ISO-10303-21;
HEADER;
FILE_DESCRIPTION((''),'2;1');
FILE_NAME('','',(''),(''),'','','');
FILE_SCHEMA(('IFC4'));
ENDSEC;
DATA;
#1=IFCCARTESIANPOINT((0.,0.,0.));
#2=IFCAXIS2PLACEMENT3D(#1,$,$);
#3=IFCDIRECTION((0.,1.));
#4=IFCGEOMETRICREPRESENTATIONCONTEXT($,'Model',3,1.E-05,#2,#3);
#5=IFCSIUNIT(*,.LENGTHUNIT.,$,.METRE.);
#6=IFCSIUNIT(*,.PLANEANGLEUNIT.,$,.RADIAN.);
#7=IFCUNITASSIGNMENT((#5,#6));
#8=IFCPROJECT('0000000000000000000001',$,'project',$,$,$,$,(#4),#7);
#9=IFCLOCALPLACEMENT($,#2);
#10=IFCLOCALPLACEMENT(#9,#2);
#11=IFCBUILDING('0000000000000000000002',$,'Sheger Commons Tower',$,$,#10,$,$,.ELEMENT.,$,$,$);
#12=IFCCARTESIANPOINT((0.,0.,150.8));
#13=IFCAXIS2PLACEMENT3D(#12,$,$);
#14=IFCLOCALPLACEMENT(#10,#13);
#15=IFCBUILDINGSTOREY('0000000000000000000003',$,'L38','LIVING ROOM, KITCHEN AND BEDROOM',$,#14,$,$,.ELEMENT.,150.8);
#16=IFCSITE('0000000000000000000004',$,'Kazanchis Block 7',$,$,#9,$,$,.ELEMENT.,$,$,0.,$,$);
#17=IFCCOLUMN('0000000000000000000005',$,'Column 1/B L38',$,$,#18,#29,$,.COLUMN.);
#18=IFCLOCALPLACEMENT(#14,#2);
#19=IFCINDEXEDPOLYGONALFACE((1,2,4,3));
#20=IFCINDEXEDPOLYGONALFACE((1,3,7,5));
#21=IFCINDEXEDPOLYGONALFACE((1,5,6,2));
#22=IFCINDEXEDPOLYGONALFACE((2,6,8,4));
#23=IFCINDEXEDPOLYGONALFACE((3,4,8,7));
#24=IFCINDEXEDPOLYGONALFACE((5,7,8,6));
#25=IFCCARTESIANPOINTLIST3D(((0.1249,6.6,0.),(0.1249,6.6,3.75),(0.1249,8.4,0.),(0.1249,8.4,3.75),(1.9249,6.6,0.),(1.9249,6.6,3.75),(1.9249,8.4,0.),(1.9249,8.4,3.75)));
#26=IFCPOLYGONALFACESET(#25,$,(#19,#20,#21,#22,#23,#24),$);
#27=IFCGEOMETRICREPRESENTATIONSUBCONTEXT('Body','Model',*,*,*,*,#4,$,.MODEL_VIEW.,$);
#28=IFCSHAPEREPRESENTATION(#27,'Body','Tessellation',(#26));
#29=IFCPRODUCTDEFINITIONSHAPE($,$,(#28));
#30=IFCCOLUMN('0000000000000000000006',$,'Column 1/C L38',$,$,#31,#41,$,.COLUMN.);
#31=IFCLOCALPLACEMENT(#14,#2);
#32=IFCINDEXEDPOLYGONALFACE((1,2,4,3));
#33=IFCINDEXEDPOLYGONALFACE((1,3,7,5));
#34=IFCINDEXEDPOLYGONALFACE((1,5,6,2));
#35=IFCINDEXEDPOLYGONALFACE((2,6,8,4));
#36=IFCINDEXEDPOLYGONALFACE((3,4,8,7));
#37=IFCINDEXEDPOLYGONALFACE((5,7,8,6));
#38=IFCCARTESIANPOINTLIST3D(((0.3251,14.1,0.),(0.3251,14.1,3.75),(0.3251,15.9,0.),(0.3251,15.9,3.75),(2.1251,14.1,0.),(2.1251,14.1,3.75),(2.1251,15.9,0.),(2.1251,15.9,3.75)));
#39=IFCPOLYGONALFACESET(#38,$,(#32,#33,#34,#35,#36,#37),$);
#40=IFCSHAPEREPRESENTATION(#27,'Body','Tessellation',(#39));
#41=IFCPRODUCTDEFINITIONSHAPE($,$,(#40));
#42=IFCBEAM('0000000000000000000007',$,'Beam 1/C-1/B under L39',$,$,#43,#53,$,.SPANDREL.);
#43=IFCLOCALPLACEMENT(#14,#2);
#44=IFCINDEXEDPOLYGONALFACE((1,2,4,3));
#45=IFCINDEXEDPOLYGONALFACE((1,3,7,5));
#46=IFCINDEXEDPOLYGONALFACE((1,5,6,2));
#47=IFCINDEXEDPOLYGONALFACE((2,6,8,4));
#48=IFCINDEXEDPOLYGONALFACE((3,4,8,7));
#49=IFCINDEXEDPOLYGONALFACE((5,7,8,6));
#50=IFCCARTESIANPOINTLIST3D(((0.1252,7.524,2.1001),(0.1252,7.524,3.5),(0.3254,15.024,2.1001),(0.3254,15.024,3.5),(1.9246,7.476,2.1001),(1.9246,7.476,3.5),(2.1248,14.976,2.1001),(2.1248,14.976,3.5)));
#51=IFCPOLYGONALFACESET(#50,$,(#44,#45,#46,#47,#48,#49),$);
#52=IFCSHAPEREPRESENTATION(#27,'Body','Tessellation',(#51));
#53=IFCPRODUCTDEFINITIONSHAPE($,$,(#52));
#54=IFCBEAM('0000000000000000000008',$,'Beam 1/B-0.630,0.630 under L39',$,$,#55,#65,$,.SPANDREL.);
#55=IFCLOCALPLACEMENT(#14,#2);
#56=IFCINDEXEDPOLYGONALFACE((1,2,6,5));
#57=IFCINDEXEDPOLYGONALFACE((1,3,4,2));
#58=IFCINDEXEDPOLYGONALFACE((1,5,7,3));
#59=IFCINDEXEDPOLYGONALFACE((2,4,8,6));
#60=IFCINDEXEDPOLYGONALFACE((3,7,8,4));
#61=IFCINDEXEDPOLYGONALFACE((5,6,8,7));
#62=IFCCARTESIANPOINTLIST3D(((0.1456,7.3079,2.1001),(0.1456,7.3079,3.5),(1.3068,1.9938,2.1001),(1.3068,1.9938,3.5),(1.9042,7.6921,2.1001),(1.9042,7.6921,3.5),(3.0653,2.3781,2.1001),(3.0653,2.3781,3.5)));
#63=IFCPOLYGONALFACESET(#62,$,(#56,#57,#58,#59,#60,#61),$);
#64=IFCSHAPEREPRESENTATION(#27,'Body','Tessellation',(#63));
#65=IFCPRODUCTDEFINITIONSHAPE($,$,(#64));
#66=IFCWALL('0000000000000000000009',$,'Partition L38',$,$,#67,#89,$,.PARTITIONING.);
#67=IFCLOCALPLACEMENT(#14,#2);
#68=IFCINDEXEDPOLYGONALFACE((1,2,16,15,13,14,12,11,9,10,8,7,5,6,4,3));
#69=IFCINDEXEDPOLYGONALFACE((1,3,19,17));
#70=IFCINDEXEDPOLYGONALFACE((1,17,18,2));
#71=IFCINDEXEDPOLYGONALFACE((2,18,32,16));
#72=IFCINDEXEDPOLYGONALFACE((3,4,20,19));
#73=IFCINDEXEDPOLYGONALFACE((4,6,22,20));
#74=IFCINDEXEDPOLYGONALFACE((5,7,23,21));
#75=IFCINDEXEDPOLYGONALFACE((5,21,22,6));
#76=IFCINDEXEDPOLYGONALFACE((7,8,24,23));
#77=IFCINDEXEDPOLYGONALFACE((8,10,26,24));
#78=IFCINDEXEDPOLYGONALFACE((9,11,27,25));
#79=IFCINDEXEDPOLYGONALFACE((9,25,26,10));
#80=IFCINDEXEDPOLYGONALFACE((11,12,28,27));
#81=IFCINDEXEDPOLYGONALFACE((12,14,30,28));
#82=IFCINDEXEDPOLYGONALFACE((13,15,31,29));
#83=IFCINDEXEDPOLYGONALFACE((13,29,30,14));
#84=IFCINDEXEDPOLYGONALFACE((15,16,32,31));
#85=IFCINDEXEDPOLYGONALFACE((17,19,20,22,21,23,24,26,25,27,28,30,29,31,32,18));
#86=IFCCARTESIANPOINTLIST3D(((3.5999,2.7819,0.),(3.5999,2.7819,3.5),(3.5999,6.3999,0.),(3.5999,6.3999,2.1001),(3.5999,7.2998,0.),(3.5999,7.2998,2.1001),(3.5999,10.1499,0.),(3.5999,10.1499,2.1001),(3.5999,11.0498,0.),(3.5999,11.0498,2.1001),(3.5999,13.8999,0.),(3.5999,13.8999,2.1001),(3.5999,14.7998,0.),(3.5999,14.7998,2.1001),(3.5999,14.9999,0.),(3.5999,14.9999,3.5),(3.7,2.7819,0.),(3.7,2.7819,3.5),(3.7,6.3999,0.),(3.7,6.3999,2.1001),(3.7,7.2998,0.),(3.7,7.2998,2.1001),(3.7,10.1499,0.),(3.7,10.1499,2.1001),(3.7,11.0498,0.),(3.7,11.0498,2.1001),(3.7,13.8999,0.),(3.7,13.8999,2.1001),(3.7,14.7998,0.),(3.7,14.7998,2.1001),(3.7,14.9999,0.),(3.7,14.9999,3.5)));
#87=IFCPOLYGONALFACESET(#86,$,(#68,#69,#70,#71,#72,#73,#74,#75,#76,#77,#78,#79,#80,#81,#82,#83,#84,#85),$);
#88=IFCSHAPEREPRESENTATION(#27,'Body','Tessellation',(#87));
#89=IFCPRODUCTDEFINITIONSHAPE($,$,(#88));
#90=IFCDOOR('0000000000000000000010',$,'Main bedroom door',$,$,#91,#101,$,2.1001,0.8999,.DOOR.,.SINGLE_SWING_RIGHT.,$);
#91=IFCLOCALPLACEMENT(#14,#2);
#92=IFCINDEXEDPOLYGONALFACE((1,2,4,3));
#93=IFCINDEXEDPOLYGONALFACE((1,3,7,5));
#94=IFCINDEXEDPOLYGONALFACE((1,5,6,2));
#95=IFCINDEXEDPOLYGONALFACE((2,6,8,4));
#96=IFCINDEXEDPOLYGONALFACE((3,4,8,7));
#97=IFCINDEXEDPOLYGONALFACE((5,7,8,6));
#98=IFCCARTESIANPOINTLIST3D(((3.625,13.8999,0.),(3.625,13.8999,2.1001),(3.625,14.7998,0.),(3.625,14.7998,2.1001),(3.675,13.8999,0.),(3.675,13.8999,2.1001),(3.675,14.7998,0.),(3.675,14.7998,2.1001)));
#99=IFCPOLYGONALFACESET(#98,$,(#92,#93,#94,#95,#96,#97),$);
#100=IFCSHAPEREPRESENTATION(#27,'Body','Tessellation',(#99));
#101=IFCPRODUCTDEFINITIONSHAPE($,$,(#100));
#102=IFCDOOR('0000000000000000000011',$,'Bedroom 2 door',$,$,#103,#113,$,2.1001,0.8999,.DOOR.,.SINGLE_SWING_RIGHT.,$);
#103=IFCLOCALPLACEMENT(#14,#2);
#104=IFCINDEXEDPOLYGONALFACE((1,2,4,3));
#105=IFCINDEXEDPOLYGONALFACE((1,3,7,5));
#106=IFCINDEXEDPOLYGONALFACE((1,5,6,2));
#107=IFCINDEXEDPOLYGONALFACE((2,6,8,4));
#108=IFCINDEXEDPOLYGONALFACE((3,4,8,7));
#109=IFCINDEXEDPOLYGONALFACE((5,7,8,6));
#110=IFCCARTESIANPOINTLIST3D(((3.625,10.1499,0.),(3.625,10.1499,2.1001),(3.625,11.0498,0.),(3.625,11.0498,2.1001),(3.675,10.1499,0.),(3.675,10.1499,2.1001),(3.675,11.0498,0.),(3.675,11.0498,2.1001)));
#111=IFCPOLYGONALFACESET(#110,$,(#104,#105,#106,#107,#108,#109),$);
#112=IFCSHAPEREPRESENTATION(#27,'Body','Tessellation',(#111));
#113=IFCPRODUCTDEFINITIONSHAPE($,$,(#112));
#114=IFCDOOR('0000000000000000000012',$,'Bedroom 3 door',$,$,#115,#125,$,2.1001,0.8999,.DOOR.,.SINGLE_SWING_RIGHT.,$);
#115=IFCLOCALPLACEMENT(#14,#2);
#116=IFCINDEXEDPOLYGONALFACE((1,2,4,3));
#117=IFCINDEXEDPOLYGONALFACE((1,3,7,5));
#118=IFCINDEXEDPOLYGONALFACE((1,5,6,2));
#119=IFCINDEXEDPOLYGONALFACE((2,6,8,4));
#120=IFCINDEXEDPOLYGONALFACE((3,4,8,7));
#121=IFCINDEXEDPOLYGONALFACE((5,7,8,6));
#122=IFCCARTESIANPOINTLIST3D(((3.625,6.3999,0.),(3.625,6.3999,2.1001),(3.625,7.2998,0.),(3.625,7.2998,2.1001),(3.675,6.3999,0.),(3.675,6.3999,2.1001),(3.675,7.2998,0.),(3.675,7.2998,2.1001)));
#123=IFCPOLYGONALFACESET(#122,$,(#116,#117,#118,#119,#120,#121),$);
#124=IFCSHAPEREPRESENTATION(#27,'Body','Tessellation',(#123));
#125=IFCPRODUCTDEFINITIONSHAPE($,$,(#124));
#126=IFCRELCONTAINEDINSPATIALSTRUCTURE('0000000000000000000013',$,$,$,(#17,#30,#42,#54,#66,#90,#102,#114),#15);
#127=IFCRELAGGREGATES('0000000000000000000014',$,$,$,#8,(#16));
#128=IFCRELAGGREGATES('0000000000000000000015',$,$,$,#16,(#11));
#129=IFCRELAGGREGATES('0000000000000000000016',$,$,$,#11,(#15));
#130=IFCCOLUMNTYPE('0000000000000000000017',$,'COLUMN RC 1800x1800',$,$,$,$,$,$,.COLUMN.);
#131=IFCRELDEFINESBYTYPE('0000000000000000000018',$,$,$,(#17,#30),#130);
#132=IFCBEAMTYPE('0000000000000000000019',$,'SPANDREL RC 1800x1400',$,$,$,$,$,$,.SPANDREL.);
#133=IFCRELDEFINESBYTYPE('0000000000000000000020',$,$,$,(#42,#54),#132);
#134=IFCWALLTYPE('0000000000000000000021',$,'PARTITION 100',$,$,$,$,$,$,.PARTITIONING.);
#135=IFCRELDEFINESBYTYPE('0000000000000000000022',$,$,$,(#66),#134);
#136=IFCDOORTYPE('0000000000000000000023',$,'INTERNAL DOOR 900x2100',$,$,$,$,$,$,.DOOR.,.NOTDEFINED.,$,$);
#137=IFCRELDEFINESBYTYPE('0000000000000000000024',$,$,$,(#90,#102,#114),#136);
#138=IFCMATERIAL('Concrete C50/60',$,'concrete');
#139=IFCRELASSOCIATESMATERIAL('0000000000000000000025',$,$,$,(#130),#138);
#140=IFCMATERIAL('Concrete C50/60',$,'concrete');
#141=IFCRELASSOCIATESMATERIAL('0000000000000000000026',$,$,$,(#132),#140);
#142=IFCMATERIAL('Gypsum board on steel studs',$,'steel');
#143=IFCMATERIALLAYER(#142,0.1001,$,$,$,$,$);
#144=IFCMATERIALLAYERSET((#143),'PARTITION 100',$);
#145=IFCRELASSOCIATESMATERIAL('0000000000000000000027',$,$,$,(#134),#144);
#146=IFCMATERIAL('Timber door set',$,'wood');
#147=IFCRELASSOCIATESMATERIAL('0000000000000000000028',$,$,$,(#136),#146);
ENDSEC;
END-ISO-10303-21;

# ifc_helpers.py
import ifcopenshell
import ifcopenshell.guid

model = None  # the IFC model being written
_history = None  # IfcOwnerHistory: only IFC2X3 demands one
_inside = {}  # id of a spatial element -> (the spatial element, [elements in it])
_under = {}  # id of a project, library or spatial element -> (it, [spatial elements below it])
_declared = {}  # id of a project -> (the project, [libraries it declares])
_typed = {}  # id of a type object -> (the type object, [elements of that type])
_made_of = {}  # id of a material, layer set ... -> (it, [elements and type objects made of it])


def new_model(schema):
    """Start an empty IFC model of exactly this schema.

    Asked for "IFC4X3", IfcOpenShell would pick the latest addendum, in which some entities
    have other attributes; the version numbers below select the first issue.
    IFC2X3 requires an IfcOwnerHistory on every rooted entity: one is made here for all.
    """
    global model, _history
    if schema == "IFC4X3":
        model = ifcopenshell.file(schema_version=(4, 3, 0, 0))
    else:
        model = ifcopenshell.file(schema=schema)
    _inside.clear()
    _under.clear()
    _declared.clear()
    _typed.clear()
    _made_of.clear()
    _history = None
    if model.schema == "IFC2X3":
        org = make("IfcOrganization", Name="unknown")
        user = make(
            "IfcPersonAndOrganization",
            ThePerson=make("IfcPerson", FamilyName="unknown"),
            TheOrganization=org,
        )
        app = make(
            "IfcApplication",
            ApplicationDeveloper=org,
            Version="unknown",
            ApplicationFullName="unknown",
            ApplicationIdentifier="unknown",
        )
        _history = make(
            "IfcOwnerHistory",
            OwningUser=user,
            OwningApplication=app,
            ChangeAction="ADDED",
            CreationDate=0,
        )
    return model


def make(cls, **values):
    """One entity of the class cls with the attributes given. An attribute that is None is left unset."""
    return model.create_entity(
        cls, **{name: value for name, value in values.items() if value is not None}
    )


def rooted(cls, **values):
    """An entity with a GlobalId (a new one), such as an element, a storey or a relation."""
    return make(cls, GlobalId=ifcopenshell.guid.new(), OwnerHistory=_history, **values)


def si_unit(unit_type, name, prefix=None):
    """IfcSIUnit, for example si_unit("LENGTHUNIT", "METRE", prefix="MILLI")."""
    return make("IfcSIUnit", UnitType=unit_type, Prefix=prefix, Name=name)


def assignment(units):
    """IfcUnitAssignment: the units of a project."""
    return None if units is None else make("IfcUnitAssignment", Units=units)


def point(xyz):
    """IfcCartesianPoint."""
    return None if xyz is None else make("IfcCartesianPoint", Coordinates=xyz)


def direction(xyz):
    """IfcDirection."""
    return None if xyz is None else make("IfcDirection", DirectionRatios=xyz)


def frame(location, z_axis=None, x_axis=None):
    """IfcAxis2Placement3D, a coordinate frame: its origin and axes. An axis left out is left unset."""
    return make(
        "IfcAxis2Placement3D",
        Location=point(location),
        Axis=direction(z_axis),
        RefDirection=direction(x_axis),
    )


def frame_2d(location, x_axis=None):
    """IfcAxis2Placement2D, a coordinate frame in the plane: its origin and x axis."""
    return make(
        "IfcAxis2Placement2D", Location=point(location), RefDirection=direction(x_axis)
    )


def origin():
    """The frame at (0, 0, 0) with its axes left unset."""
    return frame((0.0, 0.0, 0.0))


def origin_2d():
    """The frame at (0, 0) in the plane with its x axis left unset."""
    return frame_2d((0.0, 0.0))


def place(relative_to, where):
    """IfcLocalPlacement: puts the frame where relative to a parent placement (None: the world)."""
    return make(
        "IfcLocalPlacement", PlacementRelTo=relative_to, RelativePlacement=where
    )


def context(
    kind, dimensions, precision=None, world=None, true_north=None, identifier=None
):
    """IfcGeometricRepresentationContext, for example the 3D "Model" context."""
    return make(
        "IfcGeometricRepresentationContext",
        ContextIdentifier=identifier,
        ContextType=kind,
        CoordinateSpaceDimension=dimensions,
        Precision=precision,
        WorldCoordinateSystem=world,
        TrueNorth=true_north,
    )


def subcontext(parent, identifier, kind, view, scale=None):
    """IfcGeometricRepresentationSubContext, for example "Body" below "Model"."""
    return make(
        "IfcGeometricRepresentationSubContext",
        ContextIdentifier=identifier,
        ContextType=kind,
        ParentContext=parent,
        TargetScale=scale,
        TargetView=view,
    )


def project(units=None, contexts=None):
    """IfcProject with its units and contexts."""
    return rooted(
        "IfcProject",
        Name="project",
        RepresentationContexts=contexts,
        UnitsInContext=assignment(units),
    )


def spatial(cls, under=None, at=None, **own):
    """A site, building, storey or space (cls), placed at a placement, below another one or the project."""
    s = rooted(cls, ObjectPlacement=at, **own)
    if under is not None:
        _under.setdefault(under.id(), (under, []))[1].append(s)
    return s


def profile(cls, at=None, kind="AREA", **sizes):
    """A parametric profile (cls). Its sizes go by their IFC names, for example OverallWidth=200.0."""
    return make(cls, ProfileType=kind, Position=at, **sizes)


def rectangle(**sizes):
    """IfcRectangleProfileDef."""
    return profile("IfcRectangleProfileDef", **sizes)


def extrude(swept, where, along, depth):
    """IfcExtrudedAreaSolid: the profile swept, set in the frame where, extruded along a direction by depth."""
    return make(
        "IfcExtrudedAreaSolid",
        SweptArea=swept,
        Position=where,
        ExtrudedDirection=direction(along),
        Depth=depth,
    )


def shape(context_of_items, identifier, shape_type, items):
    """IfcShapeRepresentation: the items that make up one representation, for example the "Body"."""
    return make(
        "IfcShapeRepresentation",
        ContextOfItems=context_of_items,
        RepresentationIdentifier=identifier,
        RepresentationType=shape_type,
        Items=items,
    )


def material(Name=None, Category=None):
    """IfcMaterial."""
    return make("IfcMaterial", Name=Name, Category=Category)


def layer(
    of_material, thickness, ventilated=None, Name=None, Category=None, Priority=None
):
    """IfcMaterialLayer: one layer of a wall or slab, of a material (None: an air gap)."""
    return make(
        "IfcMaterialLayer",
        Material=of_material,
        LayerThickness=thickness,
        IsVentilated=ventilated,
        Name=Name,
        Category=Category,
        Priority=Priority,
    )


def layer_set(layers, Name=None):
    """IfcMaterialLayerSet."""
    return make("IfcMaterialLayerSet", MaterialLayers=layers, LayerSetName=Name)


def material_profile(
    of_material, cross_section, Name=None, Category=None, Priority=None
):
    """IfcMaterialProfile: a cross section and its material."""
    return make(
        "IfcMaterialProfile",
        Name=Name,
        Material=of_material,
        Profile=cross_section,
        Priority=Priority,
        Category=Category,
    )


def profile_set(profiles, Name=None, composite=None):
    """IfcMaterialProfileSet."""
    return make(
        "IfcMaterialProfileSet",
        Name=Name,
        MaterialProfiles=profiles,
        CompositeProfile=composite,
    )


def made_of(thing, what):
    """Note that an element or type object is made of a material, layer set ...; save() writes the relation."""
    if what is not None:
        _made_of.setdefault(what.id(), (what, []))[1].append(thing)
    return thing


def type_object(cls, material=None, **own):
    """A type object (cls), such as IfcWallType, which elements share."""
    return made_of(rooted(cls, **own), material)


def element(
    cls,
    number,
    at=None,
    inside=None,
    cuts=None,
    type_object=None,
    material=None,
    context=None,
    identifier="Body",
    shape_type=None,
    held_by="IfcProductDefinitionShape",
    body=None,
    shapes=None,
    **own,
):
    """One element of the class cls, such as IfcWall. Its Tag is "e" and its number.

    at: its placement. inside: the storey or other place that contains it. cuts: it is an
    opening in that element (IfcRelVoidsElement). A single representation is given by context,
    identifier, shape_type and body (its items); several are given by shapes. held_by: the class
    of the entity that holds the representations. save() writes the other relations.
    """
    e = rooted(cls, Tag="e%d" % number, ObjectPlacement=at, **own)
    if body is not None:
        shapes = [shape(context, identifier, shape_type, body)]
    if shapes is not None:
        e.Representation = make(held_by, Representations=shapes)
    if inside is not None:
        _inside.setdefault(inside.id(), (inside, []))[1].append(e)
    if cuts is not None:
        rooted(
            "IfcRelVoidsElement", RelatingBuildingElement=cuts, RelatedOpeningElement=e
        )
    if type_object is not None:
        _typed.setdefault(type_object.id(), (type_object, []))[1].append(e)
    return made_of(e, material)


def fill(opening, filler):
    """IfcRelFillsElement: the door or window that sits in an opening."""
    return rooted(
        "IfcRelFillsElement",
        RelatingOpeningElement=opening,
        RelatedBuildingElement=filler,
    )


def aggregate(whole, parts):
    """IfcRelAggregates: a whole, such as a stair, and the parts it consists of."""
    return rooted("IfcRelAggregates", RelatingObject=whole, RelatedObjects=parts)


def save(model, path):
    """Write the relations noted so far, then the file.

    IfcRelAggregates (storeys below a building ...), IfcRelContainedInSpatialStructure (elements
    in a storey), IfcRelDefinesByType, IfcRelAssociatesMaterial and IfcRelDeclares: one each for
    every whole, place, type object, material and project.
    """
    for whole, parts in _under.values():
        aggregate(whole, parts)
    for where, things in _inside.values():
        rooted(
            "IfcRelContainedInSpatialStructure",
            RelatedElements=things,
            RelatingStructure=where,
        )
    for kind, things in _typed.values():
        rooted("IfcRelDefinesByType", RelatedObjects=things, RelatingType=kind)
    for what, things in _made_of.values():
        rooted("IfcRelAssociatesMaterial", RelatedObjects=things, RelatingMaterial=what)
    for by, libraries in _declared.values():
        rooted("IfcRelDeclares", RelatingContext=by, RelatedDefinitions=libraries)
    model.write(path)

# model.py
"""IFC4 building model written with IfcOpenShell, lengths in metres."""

from ifc_helpers import new_model, si_unit, direction, frame, frame_2d, origin, origin_2d, place, context, subcontext, project, spatial, rectangle, extrude, material, layer, layer_set, material_profile, profile_set, type_object, element, fill, save


model = new_model("IFC4")

# Units and contexts
model_context = context("Model", 3, precision=1e-05, world=origin(), true_north=direction((0.0, 1.0)))
body_context = subcontext(model_context, "Body", "Model", "MODEL_VIEW")
ifc_project = project(units=[si_unit("LENGTHUNIT", "METRE"), si_unit("PLANEANGLEUNIT", "RADIAN")], contexts=[model_context])

# Site, building, storey
site_placement = place(None, origin())
site = spatial("IfcSite", under=ifc_project, at=site_placement, Name="Kazanchis Block 7", CompositionType="ELEMENT", RefElevation=0.0)
building_placement = place(site_placement, origin())
building = spatial("IfcBuilding", under=site, at=building_placement, Name="Sheger Commons Tower", CompositionType="ELEMENT")
storey_placement = place(building_placement, frame((0.0, 0.0, 150.8)))
storey = spatial("IfcBuildingStorey", under=building, at=storey_placement, Name="L38", Description="LIVING ROOM, KITCHEN AND BEDROOM", CompositionType="ELEMENT", Elevation=150.8)

# Columns
ifc_material_1 = material(Name="Concrete C50/60", Category="concrete")
ifc_material_profile_1 = material_profile(ifc_material_1, rectangle(XDim=1.8, YDim=1.8, at=origin_2d()), Name="RC 1800x1800")
ifc_profile_set_1 = profile_set([ifc_material_profile_1], Name="Concrete C50/60")
column_type = type_object("IfcColumnType", Name="COLUMN RC 1800x1800", PredefinedType="COLUMN", material=ifc_profile_set_1)
for number, where, z_axis, x_axis, name in (
    (1, (1.0249, 7.5, 0.0), (0.0, 0.0, 1.0), (1.0, 0.0, 0.0), "Column 1/B L38"),
    (2, (1.2251, 15.0, 0.0), (0.0, 0.0, 1.0), (1.0, 0.0, 0.0), "Column 1/C L38"),
):
    element("IfcColumn", number, at=place(storey_placement, frame(where, z_axis=z_axis, x_axis=x_axis)), inside=storey, type_object=column_type, Name=name, PredefinedType="COLUMN", context=body_context, shape_type="SweptSolid", body=[
        extrude(rectangle(XDim=1.8, YDim=1.8, at=origin_2d()), origin(), (0.0, 0.0, 1.0), 3.75),
    ])

# Beams
ifc_material_2 = material(Name="Concrete C50/60", Category="concrete")
ifc_material_profile_2 = material_profile(ifc_material_2, rectangle(XDim=1.8, YDim=1.3999, at=origin_2d()), Name="RC 1800x1400")
ifc_profile_set_2 = profile_set([ifc_material_profile_2], Name="Concrete C50/60")
beam_type = type_object("IfcBeamType", Name="SPANDREL RC 1800x1400", PredefinedType="SPANDREL", material=ifc_profile_set_2)
beam_1_placement = place(storey_placement, frame((1.2251, 15.0, 2.8), z_axis=(-0.026683, -0.999644, 0.0), x_axis=(0.999644, -0.026683, 0.0)))
element("IfcBeam", 3, at=beam_1_placement, inside=storey, type_object=beam_type, Name="Beam 1/C-1/B under L39", PredefinedType="SPANDREL", context=body_context, shape_type="SweptSolid", body=[
    extrude(rectangle(XDim=1.8, YDim=1.3999, at=origin_2d()), origin(), (0.0, 0.0, 1.0), 7.5027),
])
beam_2_placement = place(storey_placement, frame((1.0249, 7.5, 2.8), z_axis=(0.213469, -0.97695, 0.0), x_axis=(0.97695, 0.213469, 0.0)))
element("IfcBeam", 4, at=beam_2_placement, inside=storey, type_object=beam_type, Name="Beam 1/B-0.630,0.630 under L39", PredefinedType="SPANDREL", context=body_context, shape_type="SweptSolid", body=[
    extrude(rectangle(XDim=1.8, YDim=1.3999, at=origin_2d()), origin(), (0.0, 0.0, 1.0), 5.4395),
])

# Wall, openings, doors
ifc_material_3 = material(Name="Gypsum board on steel studs", Category="steel")
ifc_layer = layer(ifc_material_3, 0.1001)
ifc_layer_set = layer_set([ifc_layer], Name="PARTITION 100")
wall_type = type_object("IfcWallType", Name="PARTITION 100", PredefinedType="PARTITIONING", material=ifc_layer_set)
wall_1_placement = place(storey_placement, frame((3.6499, 2.782, 0.0), z_axis=(0.0, 0.0, 1.0), x_axis=(0.0, 1.0, 0.0)))
wall_1 = element("IfcWall", 5, at=wall_1_placement, inside=storey, type_object=wall_type, Name="Partition L38", PredefinedType="PARTITIONING", context=body_context, shape_type="SweptSolid", body=[
    extrude(rectangle(XDim=12.218, YDim=0.1001, at=frame_2d((6.1089, 0.0))), origin(), (0.0, 0.0, 1.0), 3.5),
])
opening_1_placement = place(wall_1_placement, frame((11.1179, 0.0, 0.0)))
opening_1 = element("IfcOpeningElement", 6, at=opening_1_placement, cuts=wall_1, PredefinedType="OPENING", context=body_context, shape_type="SweptSolid", body=[
    extrude(rectangle(XDim=0.8999, YDim=2.1001, at=frame_2d((0.45, 1.05))), frame((0.0, 0.0601, 0.0), z_axis=(0.0, -1.0, 0.0), x_axis=(1.0, 0.0, 0.0)), (0.0, 0.0, 1.0), 0.1201),
])
opening_2_placement = place(wall_1_placement, frame((7.3679, 0.0, 0.0)))
opening_2 = element("IfcOpeningElement", 7, at=opening_2_placement, cuts=wall_1, PredefinedType="OPENING", context=body_context, shape_type="SweptSolid", body=[
    extrude(rectangle(XDim=0.8999, YDim=2.1001, at=frame_2d((0.45, 1.05))), frame((0.0, 0.0601, 0.0), z_axis=(0.0, -1.0, 0.0), x_axis=(1.0, 0.0, 0.0)), (0.0, 0.0, 1.0), 0.1201),
])
opening_3_placement = place(wall_1_placement, frame((3.6179, 0.0, 0.0)))
opening_3 = element("IfcOpeningElement", 8, at=opening_3_placement, cuts=wall_1, PredefinedType="OPENING", context=body_context, shape_type="SweptSolid", body=[
    extrude(rectangle(XDim=0.8999, YDim=2.1001, at=frame_2d((0.45, 1.05))), frame((0.0, 0.0601, 0.0), z_axis=(0.0, -1.0, 0.0), x_axis=(1.0, 0.0, 0.0)), (0.0, 0.0, 1.0), 0.1201),
])
ifc_material_4 = material(Name="Timber door set", Category="wood")
door_type = type_object("IfcDoorType", Name="INTERNAL DOOR 900x2100", OperationType="NOTDEFINED", PredefinedType="DOOR", material=ifc_material_4)
door_1_placement = place(opening_1_placement, origin())
door_1 = element("IfcDoor", 9, at=door_1_placement, inside=storey, type_object=door_type, Name="Main bedroom door", OperationType="SINGLE_SWING_RIGHT", OverallHeight=2.1001, OverallWidth=0.8999, PredefinedType="DOOR", context=body_context, shape_type="SweptSolid", body=[
    extrude(rectangle(XDim=0.8999, YDim=2.1001, at=frame_2d((0.45, 1.05))), frame((0.0, 0.0249, 0.0), z_axis=(0.0, -1.0, 0.0), x_axis=(1.0, 0.0, 0.0)), (0.0, 0.0, 1.0), 0.05),
])
fill(opening_1, door_1)
door_2_placement = place(opening_2_placement, origin())
door_2 = element("IfcDoor", 10, at=door_2_placement, inside=storey, type_object=door_type, Name="Bedroom 2 door", OperationType="SINGLE_SWING_RIGHT", OverallHeight=2.1001, OverallWidth=0.8999, PredefinedType="DOOR", context=body_context, shape_type="SweptSolid", body=[
    extrude(rectangle(XDim=0.8999, YDim=2.1001, at=frame_2d((0.45, 1.05))), frame((0.0, 0.0249, 0.0), z_axis=(0.0, -1.0, 0.0), x_axis=(1.0, 0.0, 0.0)), (0.0, 0.0, 1.0), 0.05),
])
fill(opening_2, door_2)
door_3_placement = place(opening_3_placement, origin())
door_3 = element("IfcDoor", 11, at=door_3_placement, inside=storey, type_object=door_type, Name="Bedroom 3 door", OperationType="SINGLE_SWING_RIGHT", OverallHeight=2.1001, OverallWidth=0.8999, PredefinedType="DOOR", context=body_context, shape_type="SweptSolid", body=[
    extrude(rectangle(XDim=0.8999, YDim=2.1001, at=frame_2d((0.45, 1.05))), frame((0.0, 0.0249, 0.0), z_axis=(0.0, -1.0, 0.0), x_axis=(1.0, 0.0, 0.0)), (0.0, 0.0, 1.0), 0.05),
])
fill(opening_3, door_3)

save(model, "model.ifc")
